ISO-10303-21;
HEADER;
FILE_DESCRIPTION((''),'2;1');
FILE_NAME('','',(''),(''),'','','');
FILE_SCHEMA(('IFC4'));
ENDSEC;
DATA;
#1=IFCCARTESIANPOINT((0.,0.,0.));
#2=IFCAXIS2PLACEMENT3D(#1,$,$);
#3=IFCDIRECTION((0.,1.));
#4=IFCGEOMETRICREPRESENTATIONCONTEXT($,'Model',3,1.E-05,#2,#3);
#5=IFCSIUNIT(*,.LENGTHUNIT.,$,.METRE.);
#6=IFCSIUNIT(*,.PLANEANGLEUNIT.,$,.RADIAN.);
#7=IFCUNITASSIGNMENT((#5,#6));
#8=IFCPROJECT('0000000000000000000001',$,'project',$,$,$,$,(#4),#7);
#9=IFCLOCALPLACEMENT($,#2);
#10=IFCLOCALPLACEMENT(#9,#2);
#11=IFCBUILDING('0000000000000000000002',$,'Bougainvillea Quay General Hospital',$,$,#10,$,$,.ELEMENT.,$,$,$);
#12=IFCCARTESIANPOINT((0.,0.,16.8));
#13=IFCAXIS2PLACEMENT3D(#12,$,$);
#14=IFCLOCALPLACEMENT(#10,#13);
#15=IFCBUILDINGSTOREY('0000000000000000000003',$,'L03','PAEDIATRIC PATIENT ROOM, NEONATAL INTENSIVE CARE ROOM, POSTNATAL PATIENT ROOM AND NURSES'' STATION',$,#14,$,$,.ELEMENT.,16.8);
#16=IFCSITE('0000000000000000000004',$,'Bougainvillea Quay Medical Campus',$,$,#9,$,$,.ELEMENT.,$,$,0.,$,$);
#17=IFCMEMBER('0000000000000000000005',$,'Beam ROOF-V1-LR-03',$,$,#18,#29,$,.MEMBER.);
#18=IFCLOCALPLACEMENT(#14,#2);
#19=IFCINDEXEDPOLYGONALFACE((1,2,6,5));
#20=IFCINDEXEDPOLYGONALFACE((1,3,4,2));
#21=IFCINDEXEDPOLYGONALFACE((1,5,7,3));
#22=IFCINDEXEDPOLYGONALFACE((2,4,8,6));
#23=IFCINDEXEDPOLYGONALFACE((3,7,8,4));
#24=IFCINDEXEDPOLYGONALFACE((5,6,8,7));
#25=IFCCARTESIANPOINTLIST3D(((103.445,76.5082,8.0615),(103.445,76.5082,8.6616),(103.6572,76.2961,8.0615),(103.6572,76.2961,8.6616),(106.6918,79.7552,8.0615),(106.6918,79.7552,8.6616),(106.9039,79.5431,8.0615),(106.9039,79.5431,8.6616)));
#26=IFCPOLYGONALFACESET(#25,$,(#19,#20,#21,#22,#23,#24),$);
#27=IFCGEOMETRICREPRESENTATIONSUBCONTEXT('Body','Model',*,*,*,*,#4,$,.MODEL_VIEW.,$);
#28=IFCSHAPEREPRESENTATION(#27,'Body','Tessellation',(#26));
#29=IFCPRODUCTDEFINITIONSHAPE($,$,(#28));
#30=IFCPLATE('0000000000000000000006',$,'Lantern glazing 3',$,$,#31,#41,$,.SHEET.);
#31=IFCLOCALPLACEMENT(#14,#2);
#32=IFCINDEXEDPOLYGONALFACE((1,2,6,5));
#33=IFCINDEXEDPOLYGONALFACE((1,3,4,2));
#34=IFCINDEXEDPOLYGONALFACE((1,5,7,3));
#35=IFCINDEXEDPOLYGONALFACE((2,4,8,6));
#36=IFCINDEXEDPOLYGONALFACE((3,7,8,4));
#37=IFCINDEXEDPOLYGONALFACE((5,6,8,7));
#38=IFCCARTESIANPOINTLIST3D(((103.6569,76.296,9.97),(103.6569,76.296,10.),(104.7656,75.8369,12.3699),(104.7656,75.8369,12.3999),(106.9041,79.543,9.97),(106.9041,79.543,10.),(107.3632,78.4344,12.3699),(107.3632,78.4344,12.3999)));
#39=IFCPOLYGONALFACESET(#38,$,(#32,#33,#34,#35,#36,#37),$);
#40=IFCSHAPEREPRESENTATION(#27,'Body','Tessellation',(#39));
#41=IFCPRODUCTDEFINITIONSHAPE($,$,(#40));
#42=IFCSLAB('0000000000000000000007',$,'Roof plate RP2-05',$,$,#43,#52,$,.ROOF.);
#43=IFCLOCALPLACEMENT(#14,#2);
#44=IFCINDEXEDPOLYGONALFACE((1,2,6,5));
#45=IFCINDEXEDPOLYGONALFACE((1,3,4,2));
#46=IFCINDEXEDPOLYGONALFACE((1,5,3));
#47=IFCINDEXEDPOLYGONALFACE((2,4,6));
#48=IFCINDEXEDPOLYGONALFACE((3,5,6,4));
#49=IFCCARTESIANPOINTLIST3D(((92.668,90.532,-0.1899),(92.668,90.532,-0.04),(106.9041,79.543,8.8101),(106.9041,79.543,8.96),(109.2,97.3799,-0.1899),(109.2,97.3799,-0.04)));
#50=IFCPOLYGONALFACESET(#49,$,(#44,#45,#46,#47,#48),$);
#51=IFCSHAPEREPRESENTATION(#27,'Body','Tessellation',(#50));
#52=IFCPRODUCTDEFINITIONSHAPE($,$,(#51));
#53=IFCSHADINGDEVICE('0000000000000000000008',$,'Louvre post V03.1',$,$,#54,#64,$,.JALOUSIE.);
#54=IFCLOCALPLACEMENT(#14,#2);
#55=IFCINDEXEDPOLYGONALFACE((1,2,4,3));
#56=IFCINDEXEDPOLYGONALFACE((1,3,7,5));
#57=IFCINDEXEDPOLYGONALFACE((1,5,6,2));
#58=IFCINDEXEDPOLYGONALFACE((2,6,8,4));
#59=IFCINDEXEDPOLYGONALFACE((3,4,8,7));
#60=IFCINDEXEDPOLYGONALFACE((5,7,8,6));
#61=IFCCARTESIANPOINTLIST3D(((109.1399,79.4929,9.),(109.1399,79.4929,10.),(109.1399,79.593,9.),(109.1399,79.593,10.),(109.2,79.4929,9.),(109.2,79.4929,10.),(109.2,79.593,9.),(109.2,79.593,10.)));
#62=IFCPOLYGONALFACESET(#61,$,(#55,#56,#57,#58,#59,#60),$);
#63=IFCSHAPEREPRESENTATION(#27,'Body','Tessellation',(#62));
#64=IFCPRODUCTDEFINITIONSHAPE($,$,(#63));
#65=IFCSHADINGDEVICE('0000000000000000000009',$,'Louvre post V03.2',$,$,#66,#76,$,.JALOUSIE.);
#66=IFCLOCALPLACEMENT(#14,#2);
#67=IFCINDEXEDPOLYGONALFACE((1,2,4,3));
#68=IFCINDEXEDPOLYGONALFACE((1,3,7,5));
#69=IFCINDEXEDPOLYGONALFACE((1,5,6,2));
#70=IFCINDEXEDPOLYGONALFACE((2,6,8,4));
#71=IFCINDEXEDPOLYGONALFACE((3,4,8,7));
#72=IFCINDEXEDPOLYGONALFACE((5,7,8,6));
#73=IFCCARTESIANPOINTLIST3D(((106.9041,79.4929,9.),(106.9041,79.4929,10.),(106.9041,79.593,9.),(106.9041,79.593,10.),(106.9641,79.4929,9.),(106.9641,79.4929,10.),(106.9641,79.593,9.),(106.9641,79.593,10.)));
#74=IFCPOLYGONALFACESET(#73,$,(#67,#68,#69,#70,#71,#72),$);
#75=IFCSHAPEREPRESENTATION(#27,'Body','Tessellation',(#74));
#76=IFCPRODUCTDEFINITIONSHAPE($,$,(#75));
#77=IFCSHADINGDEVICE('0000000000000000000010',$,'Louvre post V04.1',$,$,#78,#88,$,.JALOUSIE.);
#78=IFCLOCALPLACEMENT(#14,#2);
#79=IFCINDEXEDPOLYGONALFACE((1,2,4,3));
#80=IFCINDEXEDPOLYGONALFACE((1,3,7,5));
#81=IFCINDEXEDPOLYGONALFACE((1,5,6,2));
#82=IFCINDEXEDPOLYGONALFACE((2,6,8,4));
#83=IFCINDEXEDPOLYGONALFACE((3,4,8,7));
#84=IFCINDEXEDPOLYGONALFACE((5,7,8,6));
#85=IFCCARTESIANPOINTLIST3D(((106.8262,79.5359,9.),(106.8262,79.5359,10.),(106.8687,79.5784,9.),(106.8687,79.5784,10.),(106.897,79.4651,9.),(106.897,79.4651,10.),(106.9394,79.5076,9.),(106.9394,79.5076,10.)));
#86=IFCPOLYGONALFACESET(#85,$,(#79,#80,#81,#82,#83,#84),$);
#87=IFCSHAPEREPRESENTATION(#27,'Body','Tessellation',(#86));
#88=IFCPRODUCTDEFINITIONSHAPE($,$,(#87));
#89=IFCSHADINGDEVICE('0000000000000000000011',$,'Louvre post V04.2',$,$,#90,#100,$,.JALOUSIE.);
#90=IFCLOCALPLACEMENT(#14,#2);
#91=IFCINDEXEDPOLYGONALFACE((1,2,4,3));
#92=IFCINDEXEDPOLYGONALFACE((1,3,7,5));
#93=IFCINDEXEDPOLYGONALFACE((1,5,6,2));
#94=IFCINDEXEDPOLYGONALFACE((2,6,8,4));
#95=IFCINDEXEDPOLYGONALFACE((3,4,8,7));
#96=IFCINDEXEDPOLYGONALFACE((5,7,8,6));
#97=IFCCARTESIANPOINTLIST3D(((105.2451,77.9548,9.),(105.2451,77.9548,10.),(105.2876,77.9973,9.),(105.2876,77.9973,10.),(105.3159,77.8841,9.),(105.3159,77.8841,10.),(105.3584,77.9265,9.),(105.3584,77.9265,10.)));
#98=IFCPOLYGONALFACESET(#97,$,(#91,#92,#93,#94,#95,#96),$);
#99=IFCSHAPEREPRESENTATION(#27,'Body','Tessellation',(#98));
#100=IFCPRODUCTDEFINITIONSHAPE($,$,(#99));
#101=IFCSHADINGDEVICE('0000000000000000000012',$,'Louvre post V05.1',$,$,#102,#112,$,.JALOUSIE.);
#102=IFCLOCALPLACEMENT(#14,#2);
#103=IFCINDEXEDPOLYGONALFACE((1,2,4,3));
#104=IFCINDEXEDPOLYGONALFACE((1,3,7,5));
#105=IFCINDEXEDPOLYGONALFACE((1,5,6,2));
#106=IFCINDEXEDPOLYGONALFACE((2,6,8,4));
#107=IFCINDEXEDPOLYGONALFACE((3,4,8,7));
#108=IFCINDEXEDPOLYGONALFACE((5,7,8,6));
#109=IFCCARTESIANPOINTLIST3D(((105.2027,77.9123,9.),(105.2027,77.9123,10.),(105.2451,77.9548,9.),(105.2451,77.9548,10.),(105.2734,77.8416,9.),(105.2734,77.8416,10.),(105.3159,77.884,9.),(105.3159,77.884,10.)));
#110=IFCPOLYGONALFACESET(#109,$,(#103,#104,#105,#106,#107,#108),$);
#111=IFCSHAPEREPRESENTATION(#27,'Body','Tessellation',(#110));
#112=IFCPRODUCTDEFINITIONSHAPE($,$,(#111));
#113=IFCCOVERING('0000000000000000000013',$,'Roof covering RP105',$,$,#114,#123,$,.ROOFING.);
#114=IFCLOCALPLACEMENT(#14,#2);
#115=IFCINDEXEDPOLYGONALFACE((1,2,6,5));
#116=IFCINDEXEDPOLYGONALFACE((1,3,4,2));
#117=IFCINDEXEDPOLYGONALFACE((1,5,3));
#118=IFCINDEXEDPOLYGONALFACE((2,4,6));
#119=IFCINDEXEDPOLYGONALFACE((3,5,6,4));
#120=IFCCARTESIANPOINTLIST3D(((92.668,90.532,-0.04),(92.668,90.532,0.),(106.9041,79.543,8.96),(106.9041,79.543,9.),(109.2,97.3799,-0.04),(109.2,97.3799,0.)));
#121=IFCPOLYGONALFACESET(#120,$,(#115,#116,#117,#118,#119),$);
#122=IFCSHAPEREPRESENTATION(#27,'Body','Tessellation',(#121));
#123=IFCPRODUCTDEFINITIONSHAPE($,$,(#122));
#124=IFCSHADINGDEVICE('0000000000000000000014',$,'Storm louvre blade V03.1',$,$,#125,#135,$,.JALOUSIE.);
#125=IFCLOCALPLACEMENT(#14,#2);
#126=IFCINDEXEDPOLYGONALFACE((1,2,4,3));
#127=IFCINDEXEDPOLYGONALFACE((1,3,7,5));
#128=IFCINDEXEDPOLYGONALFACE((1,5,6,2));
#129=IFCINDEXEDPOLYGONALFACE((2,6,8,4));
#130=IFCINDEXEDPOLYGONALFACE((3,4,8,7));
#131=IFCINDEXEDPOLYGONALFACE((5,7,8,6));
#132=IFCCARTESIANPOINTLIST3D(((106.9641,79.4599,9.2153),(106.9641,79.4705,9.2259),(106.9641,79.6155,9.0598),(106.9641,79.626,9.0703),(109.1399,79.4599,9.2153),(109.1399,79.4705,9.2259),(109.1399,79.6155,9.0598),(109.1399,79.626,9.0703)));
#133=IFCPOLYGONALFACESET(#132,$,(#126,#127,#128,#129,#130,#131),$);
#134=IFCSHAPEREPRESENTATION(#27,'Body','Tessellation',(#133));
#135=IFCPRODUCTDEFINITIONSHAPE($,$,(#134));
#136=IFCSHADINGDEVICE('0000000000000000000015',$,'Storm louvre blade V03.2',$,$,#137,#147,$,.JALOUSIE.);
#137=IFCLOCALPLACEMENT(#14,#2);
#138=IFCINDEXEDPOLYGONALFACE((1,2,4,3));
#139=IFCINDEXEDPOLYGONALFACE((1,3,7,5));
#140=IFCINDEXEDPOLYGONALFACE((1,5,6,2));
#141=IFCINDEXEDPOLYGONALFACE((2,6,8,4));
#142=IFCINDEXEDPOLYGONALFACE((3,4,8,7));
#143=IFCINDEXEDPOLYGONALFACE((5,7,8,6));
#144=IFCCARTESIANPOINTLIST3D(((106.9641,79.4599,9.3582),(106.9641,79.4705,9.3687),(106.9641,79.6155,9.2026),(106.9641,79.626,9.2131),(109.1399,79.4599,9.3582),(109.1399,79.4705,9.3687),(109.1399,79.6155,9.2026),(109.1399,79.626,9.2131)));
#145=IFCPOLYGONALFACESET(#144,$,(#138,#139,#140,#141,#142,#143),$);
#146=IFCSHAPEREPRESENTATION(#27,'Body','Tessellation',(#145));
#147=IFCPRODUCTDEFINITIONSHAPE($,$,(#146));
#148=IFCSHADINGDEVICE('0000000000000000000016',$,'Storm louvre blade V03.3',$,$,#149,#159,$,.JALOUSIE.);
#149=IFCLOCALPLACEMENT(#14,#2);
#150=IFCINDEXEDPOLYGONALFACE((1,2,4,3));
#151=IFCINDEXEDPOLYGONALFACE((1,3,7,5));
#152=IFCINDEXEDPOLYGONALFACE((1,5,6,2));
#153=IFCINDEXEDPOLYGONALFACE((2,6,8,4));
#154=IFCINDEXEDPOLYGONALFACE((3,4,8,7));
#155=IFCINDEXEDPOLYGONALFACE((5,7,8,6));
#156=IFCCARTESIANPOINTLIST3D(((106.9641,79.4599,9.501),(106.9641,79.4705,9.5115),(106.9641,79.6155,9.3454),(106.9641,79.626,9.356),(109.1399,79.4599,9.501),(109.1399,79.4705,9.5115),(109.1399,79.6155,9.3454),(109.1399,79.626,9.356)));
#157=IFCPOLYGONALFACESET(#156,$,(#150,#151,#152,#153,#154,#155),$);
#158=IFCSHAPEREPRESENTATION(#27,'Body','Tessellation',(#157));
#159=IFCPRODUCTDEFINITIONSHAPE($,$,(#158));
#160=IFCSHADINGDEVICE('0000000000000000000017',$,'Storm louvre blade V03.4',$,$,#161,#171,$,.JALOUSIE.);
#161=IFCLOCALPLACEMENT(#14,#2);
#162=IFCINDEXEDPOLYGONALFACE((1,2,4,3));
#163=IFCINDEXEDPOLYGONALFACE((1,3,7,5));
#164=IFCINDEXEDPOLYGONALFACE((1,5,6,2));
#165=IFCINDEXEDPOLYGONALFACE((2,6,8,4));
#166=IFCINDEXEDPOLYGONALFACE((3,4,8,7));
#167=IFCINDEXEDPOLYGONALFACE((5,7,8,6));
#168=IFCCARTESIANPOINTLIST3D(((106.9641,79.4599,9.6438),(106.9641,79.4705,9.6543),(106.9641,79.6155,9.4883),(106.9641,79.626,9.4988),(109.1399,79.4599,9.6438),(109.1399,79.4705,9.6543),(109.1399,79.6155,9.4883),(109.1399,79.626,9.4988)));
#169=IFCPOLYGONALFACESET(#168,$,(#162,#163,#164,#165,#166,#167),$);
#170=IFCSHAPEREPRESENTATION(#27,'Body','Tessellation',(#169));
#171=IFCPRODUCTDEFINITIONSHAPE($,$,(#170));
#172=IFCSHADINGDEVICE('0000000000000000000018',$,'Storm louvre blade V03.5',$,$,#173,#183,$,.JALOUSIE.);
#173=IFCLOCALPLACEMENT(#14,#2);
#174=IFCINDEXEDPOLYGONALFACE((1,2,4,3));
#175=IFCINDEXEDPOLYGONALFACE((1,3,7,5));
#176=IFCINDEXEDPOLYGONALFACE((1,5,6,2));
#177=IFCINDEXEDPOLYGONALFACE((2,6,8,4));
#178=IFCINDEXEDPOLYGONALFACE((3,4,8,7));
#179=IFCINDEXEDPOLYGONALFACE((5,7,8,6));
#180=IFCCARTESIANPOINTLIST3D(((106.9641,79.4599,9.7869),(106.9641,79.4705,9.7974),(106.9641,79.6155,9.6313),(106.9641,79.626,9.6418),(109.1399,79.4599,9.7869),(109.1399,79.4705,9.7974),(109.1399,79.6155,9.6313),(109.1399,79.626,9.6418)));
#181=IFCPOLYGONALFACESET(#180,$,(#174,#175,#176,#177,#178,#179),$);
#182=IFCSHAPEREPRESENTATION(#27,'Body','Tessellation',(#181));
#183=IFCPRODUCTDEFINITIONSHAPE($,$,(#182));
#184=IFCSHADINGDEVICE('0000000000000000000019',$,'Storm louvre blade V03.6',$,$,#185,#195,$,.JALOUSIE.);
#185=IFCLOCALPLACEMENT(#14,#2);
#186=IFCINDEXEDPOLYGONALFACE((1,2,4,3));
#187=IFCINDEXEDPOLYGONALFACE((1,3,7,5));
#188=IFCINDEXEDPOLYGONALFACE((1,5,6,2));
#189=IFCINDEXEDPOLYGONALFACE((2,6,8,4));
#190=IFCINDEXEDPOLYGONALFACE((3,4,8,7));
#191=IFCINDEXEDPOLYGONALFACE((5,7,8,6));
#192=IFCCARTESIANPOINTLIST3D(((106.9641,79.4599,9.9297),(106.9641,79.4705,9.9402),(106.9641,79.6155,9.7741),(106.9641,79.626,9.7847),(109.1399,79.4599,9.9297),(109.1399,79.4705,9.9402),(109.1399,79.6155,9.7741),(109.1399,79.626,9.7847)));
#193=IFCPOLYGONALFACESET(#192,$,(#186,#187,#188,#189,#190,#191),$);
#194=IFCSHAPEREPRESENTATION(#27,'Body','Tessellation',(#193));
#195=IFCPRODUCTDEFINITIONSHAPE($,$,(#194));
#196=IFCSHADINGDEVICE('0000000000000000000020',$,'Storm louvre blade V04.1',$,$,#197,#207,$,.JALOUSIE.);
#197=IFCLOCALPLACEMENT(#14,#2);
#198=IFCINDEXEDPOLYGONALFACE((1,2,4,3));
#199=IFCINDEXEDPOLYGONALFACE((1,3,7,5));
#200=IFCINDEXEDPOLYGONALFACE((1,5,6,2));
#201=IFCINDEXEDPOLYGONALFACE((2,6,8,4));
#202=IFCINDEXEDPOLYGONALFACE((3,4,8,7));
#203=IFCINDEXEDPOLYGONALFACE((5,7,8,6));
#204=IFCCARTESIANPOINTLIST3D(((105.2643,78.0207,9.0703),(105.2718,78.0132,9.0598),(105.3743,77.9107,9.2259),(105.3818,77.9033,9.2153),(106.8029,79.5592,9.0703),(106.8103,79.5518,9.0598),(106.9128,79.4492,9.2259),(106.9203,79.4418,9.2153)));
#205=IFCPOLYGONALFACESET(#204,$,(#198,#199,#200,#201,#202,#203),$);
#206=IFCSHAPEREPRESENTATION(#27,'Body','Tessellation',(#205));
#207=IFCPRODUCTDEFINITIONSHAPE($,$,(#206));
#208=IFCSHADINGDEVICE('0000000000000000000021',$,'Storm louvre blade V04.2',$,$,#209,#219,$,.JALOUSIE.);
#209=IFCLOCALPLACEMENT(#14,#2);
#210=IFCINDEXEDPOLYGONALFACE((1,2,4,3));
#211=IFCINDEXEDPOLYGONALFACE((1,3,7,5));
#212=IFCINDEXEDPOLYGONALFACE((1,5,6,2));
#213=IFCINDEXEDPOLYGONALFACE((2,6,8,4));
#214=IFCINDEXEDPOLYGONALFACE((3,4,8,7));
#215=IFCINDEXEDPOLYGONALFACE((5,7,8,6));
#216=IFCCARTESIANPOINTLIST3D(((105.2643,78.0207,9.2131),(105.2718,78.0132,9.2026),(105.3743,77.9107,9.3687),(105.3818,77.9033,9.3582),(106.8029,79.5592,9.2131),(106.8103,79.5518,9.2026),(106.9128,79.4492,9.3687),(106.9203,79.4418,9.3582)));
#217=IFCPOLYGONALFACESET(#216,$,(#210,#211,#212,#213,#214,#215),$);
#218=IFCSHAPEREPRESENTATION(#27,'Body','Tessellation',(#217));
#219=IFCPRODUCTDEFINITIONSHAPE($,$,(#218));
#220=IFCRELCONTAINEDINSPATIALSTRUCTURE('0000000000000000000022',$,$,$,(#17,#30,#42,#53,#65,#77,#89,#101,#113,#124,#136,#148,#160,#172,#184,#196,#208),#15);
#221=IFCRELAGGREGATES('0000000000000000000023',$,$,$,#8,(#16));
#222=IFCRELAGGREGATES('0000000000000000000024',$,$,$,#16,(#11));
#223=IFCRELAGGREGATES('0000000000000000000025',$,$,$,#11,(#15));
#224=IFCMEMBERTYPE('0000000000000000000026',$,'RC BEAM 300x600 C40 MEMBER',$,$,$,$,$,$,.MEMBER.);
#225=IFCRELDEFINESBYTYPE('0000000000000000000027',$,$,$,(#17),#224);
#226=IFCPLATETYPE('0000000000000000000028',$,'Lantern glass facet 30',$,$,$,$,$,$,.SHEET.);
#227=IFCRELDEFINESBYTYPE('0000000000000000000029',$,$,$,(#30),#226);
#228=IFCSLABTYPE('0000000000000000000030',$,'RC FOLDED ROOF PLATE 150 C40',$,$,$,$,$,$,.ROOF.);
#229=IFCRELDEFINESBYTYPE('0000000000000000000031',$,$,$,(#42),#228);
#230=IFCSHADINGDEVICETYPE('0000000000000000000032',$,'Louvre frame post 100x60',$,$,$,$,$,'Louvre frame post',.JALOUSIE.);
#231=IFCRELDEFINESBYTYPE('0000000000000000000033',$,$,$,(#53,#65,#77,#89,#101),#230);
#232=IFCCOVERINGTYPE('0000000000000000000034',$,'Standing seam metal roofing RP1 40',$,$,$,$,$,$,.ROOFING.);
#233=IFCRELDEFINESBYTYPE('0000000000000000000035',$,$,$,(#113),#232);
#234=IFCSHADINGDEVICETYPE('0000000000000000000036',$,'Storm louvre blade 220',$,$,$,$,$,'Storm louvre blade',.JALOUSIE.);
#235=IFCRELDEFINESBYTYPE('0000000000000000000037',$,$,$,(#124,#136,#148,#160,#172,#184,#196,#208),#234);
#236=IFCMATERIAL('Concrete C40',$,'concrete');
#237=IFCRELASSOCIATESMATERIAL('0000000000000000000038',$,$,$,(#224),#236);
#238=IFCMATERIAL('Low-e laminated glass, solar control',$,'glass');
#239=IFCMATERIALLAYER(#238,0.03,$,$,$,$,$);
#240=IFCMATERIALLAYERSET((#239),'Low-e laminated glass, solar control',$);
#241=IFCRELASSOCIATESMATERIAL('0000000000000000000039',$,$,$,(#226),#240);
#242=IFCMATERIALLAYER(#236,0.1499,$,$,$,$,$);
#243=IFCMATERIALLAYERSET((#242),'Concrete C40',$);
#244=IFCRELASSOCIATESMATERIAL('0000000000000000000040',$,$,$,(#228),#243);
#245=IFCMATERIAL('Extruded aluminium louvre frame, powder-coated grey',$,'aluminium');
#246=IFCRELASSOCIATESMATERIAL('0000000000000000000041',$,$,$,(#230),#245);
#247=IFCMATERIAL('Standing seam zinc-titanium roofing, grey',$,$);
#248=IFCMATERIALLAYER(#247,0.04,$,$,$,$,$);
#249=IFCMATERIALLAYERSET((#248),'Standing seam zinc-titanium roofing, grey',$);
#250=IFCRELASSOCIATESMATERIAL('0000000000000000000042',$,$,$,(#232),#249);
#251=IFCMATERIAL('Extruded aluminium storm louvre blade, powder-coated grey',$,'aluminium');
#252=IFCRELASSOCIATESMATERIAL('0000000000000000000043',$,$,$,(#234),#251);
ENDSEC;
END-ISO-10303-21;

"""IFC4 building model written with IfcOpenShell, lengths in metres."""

from ifc_helpers import new_model, si_unit, direction, frame, origin, origin_2d, place, context, subcontext, project, spatial, polyline, rectangle, outline, extrude, material, layer, layer_set, material_profile, profile_set, type_object, element, save


model = new_model("IFC4")

# Units and contexts
model_context = context("Model", 3, precision=1e-05, world=origin(), true_north=direction((0.0, 1.0)))
body_context = subcontext(model_context, "Body", "Model", "MODEL_VIEW")
ifc_project = project(units=[si_unit("LENGTHUNIT", "METRE"), si_unit("PLANEANGLEUNIT", "RADIAN")], contexts=[model_context])

# Site, building, storey
site_placement = place(None, origin())
site = spatial("IfcSite", under=ifc_project, at=site_placement, Name="Bougainvillea Quay Medical Campus", CompositionType="ELEMENT", RefElevation=0.0)
building_placement = place(site_placement, origin())
building = spatial("IfcBuilding", under=site, at=building_placement, Name="Bougainvillea Quay General Hospital", CompositionType="ELEMENT")
storey_placement = place(building_placement, frame((0.0, 0.0, 16.8)))
storey = spatial("IfcBuildingStorey", under=building, at=storey_placement, Name="L03", Description="PAEDIATRIC PATIENT ROOM, NEONATAL INTENSIVE CARE ROOM, POSTNATAL PATIENT ROOM AND NURSES' STATION", CompositionType="ELEMENT", Elevation=16.8)

# Member
ifc_material_1 = material(Name="Concrete C40", Category="concrete")
ifc_material_profile_1 = material_profile(ifc_material_1, rectangle(XDim=0.3, YDim=0.6001, at=origin_2d()))
ifc_profile_set_1 = profile_set([ifc_material_profile_1], Name="Concrete C40")
member_type = type_object("IfcMemberType", Name="RC BEAM 300x600 C40 MEMBER", PredefinedType="MEMBER", material=ifc_profile_set_1)
member_placement = place(storey_placement, frame((106.7979, 79.6492, 8.3616), z_axis=(-0.70708, -0.707133, 0.0), x_axis=(0.707133, -0.70708, 0.0)))
element("IfcMember", 1, at=member_placement, inside=storey, type_object=member_type, Name="Beam ROOF-V1-LR-03", PredefinedType="MEMBER", context=body_context, shape_type="SweptSolid", body=[
    extrude(rectangle(XDim=0.3, YDim=0.6001, at=origin_2d()), origin(), (0.0, 0.0, 1.0), 4.5918),
])

# Plate
ifc_material_2 = material(Name="Low-e laminated glass, solar control", Category="glass")
ifc_layer_1 = layer(ifc_material_2, 0.03)
ifc_layer_set_1 = layer_set([ifc_layer_1], Name="Low-e laminated glass, solar control")
plate_type = type_object("IfcPlateType", Name="Lantern glass facet 30", PredefinedType="SHEET", material=ifc_layer_set_1)
plate_placement = place(storey_placement, frame((106.9041, 79.543, 10.0), z_axis=(-0.641917, 0.641944, 0.419345), x_axis=(-0.707119, -0.707095, 0.000008)))
element("IfcPlate", 2, at=plate_placement, inside=storey, type_object=plate_type, Name="Lantern glazing 3", PredefinedType="SHEET", context=body_context, shape_type="SweptSolid", body=[
    extrude(outline(polyline([(0.0, 0.0), (4.5921, 0.0), (4.1327, 2.6435), (0.4592, 2.6436), (0.0, 0.0)])), origin(), (-0.000008, -0.907827, -0.419345), 0.03),
])

# Slab
ifc_layer_2 = layer(ifc_material_1, 0.1499)
ifc_layer_set_2 = layer_set([ifc_layer_2], Name="Concrete C40")
slab_type = type_object("IfcSlabType", Name="RC FOLDED ROOF PLATE 150 C40", PredefinedType="ROOF", material=ifc_layer_set_2)
slab_placement = place(storey_placement, frame((106.9041, 79.543, 8.96), z_axis=(-0.191234, 0.461671, 0.866192), x_axis=(0.114165, 0.886951, -0.44753)))
element("IfcSlab", 3, at=slab_placement, inside=storey, type_object=slab_type, Name="Roof plate RP2-05", PredefinedType="ROOF", context=body_context, shape_type="SweptSolid", body=[
    extrude(outline(polyline([(0.0, 0.0), (20.1104, 0.0), (12.1492, 16.0256), (0.0, 0.0)])), origin(), (0.44753, 0.222322, -0.866192), 0.1499),
])

# Shading devices
ifc_material_3 = material(Name="Extruded aluminium louvre frame, powder-coated grey", Category="aluminium")
ifc_material_profile_2 = material_profile(ifc_material_3, rectangle(XDim=0.1001, YDim=0.0601, at=origin_2d()))
ifc_profile_set_2 = profile_set([ifc_material_profile_2], Name="Extruded aluminium louvre frame, powder-coated grey")
shading_device_type_1 = type_object("IfcShadingDeviceType", Name="Louvre frame post 100x60", ElementType="Louvre frame post", PredefinedType="JALOUSIE", material=ifc_profile_set_2)
for number, where, z_axis, x_axis, name in (
    (4, (109.1699, 79.543, 9.0), (0.0, 0.0, 1.0), (0.0, -1.0, 0.0), "Louvre post V03.1"),
    (5, (106.9341, 79.543, 9.0), (0.0, 0.0, 1.0), (0.0, -1.0, 0.0), "Louvre post V03.2"),
    (6, (106.8828, 79.5217, 9.0), (0.0, 0.0, 1.0), (0.707107, -0.707107, 0.0), "Louvre post V04.1"),
    (7, (105.3018, 77.9407, 9.0), (0.0, 0.0, 1.0), (0.707107, -0.707107, 0.0), "Louvre post V04.2"),
    (8, (105.2593, 77.8982, 9.0), (0.0, 0.0, 1.0), (0.707107, -0.707107, 0.0), "Louvre post V05.1"),
):
    element("IfcShadingDevice", number, at=place(storey_placement, frame(where, z_axis=z_axis, x_axis=x_axis)), inside=storey, type_object=shading_device_type_1, Name=name, PredefinedType="JALOUSIE", context=body_context, shape_type="SweptSolid", body=[
        extrude(rectangle(XDim=0.1001, YDim=0.0601, at=origin_2d()), origin(), (0.0, 0.0, 1.0), 1.0),
    ])

# Covering
ifc_material_4 = material(Name="Standing seam zinc-titanium roofing, grey")
ifc_layer_3 = layer(ifc_material_4, 0.04)
ifc_layer_set_3 = layer_set([ifc_layer_3], Name="Standing seam zinc-titanium roofing, grey")
covering_type = type_object("IfcCoveringType", Name="Standing seam metal roofing RP1 40", PredefinedType="ROOFING", material=ifc_layer_set_3)
covering_placement = place(storey_placement, frame((106.9041, 79.543, 9.0), z_axis=(-0.191234, 0.461671, 0.866192), x_axis=(0.114165, 0.886951, -0.44753)))
element("IfcCovering", 9, at=covering_placement, inside=storey, type_object=covering_type, Name="Roof covering RP105", PredefinedType="ROOFING", context=body_context, shape_type="SweptSolid", body=[
    extrude(outline(polyline([(0.0, 0.0), (20.1104, 0.0), (12.1492, 16.0256), (0.0, 0.0)])), origin(), (0.44753, 0.222322, -0.866192), 0.04),
])

# Shading devices
ifc_material_5 = material(Name="Extruded aluminium storm louvre blade, powder-coated grey", Category="aluminium")
ifc_material_profile_3 = material_profile(ifc_material_5, rectangle(XDim=0.22, YDim=0.0149, at=origin_2d()))
ifc_profile_set_3 = profile_set([ifc_material_profile_3], Name="Extruded aluminium storm louvre blade, powder-coated grey")
shading_device_type_2 = type_object("IfcShadingDeviceType", Name="Storm louvre blade 220", ElementType="Storm louvre blade", PredefinedType="JALOUSIE", material=ifc_profile_set_3)
for number, where, z_axis, x_axis, name in (
    (10, (109.1399, 79.543, 9.1428), (-1.0, 0.0, 0.0), (0.0, -0.707107, 0.707107), "Storm louvre blade V03.1"),
    (11, (109.1399, 79.543, 9.2856), (-1.0, 0.0, 0.0), (0.0, -0.707107, 0.707107), "Storm louvre blade V03.2"),
    (12, (109.1399, 79.543, 9.4285), (-1.0, 0.0, 0.0), (0.0, -0.707107, 0.707107), "Storm louvre blade V03.3"),
    (13, (109.1399, 79.543, 9.5713), (-1.0, 0.0, 0.0), (0.0, -0.707107, 0.707107), "Storm louvre blade V03.4"),
    (14, (109.1399, 79.543, 9.7144), (-1.0, 0.0, 0.0), (0.0, -0.707107, 0.707107), "Storm louvre blade V03.5"),
    (15, (109.1399, 79.543, 9.8572), (-1.0, 0.0, 0.0), (0.0, -0.707107, 0.707107), "Storm louvre blade V03.6"),
    (16, (106.8616, 79.5005, 9.1428), (-0.707107, -0.707107, 0.0), (0.5, -0.5, 0.707107), "Storm louvre blade V04.1"),
    (17, (106.8616, 79.5005, 9.2856), (-0.707107, -0.707107, 0.0), (0.5, -0.5, 0.707107), "Storm louvre blade V04.2"),
):
    element("IfcShadingDevice", number, at=place(storey_placement, frame(where, z_axis=z_axis, x_axis=x_axis)), inside=storey, type_object=shading_device_type_2, Name=name, PredefinedType="JALOUSIE", context=body_context, shape_type="SweptSolid", body=[
        extrude(rectangle(XDim=0.22, YDim=0.0149, at=origin_2d()), origin(), (0.0, 0.0, 1.0), 2.1758),
    ])

save(model, "model.ifc")
